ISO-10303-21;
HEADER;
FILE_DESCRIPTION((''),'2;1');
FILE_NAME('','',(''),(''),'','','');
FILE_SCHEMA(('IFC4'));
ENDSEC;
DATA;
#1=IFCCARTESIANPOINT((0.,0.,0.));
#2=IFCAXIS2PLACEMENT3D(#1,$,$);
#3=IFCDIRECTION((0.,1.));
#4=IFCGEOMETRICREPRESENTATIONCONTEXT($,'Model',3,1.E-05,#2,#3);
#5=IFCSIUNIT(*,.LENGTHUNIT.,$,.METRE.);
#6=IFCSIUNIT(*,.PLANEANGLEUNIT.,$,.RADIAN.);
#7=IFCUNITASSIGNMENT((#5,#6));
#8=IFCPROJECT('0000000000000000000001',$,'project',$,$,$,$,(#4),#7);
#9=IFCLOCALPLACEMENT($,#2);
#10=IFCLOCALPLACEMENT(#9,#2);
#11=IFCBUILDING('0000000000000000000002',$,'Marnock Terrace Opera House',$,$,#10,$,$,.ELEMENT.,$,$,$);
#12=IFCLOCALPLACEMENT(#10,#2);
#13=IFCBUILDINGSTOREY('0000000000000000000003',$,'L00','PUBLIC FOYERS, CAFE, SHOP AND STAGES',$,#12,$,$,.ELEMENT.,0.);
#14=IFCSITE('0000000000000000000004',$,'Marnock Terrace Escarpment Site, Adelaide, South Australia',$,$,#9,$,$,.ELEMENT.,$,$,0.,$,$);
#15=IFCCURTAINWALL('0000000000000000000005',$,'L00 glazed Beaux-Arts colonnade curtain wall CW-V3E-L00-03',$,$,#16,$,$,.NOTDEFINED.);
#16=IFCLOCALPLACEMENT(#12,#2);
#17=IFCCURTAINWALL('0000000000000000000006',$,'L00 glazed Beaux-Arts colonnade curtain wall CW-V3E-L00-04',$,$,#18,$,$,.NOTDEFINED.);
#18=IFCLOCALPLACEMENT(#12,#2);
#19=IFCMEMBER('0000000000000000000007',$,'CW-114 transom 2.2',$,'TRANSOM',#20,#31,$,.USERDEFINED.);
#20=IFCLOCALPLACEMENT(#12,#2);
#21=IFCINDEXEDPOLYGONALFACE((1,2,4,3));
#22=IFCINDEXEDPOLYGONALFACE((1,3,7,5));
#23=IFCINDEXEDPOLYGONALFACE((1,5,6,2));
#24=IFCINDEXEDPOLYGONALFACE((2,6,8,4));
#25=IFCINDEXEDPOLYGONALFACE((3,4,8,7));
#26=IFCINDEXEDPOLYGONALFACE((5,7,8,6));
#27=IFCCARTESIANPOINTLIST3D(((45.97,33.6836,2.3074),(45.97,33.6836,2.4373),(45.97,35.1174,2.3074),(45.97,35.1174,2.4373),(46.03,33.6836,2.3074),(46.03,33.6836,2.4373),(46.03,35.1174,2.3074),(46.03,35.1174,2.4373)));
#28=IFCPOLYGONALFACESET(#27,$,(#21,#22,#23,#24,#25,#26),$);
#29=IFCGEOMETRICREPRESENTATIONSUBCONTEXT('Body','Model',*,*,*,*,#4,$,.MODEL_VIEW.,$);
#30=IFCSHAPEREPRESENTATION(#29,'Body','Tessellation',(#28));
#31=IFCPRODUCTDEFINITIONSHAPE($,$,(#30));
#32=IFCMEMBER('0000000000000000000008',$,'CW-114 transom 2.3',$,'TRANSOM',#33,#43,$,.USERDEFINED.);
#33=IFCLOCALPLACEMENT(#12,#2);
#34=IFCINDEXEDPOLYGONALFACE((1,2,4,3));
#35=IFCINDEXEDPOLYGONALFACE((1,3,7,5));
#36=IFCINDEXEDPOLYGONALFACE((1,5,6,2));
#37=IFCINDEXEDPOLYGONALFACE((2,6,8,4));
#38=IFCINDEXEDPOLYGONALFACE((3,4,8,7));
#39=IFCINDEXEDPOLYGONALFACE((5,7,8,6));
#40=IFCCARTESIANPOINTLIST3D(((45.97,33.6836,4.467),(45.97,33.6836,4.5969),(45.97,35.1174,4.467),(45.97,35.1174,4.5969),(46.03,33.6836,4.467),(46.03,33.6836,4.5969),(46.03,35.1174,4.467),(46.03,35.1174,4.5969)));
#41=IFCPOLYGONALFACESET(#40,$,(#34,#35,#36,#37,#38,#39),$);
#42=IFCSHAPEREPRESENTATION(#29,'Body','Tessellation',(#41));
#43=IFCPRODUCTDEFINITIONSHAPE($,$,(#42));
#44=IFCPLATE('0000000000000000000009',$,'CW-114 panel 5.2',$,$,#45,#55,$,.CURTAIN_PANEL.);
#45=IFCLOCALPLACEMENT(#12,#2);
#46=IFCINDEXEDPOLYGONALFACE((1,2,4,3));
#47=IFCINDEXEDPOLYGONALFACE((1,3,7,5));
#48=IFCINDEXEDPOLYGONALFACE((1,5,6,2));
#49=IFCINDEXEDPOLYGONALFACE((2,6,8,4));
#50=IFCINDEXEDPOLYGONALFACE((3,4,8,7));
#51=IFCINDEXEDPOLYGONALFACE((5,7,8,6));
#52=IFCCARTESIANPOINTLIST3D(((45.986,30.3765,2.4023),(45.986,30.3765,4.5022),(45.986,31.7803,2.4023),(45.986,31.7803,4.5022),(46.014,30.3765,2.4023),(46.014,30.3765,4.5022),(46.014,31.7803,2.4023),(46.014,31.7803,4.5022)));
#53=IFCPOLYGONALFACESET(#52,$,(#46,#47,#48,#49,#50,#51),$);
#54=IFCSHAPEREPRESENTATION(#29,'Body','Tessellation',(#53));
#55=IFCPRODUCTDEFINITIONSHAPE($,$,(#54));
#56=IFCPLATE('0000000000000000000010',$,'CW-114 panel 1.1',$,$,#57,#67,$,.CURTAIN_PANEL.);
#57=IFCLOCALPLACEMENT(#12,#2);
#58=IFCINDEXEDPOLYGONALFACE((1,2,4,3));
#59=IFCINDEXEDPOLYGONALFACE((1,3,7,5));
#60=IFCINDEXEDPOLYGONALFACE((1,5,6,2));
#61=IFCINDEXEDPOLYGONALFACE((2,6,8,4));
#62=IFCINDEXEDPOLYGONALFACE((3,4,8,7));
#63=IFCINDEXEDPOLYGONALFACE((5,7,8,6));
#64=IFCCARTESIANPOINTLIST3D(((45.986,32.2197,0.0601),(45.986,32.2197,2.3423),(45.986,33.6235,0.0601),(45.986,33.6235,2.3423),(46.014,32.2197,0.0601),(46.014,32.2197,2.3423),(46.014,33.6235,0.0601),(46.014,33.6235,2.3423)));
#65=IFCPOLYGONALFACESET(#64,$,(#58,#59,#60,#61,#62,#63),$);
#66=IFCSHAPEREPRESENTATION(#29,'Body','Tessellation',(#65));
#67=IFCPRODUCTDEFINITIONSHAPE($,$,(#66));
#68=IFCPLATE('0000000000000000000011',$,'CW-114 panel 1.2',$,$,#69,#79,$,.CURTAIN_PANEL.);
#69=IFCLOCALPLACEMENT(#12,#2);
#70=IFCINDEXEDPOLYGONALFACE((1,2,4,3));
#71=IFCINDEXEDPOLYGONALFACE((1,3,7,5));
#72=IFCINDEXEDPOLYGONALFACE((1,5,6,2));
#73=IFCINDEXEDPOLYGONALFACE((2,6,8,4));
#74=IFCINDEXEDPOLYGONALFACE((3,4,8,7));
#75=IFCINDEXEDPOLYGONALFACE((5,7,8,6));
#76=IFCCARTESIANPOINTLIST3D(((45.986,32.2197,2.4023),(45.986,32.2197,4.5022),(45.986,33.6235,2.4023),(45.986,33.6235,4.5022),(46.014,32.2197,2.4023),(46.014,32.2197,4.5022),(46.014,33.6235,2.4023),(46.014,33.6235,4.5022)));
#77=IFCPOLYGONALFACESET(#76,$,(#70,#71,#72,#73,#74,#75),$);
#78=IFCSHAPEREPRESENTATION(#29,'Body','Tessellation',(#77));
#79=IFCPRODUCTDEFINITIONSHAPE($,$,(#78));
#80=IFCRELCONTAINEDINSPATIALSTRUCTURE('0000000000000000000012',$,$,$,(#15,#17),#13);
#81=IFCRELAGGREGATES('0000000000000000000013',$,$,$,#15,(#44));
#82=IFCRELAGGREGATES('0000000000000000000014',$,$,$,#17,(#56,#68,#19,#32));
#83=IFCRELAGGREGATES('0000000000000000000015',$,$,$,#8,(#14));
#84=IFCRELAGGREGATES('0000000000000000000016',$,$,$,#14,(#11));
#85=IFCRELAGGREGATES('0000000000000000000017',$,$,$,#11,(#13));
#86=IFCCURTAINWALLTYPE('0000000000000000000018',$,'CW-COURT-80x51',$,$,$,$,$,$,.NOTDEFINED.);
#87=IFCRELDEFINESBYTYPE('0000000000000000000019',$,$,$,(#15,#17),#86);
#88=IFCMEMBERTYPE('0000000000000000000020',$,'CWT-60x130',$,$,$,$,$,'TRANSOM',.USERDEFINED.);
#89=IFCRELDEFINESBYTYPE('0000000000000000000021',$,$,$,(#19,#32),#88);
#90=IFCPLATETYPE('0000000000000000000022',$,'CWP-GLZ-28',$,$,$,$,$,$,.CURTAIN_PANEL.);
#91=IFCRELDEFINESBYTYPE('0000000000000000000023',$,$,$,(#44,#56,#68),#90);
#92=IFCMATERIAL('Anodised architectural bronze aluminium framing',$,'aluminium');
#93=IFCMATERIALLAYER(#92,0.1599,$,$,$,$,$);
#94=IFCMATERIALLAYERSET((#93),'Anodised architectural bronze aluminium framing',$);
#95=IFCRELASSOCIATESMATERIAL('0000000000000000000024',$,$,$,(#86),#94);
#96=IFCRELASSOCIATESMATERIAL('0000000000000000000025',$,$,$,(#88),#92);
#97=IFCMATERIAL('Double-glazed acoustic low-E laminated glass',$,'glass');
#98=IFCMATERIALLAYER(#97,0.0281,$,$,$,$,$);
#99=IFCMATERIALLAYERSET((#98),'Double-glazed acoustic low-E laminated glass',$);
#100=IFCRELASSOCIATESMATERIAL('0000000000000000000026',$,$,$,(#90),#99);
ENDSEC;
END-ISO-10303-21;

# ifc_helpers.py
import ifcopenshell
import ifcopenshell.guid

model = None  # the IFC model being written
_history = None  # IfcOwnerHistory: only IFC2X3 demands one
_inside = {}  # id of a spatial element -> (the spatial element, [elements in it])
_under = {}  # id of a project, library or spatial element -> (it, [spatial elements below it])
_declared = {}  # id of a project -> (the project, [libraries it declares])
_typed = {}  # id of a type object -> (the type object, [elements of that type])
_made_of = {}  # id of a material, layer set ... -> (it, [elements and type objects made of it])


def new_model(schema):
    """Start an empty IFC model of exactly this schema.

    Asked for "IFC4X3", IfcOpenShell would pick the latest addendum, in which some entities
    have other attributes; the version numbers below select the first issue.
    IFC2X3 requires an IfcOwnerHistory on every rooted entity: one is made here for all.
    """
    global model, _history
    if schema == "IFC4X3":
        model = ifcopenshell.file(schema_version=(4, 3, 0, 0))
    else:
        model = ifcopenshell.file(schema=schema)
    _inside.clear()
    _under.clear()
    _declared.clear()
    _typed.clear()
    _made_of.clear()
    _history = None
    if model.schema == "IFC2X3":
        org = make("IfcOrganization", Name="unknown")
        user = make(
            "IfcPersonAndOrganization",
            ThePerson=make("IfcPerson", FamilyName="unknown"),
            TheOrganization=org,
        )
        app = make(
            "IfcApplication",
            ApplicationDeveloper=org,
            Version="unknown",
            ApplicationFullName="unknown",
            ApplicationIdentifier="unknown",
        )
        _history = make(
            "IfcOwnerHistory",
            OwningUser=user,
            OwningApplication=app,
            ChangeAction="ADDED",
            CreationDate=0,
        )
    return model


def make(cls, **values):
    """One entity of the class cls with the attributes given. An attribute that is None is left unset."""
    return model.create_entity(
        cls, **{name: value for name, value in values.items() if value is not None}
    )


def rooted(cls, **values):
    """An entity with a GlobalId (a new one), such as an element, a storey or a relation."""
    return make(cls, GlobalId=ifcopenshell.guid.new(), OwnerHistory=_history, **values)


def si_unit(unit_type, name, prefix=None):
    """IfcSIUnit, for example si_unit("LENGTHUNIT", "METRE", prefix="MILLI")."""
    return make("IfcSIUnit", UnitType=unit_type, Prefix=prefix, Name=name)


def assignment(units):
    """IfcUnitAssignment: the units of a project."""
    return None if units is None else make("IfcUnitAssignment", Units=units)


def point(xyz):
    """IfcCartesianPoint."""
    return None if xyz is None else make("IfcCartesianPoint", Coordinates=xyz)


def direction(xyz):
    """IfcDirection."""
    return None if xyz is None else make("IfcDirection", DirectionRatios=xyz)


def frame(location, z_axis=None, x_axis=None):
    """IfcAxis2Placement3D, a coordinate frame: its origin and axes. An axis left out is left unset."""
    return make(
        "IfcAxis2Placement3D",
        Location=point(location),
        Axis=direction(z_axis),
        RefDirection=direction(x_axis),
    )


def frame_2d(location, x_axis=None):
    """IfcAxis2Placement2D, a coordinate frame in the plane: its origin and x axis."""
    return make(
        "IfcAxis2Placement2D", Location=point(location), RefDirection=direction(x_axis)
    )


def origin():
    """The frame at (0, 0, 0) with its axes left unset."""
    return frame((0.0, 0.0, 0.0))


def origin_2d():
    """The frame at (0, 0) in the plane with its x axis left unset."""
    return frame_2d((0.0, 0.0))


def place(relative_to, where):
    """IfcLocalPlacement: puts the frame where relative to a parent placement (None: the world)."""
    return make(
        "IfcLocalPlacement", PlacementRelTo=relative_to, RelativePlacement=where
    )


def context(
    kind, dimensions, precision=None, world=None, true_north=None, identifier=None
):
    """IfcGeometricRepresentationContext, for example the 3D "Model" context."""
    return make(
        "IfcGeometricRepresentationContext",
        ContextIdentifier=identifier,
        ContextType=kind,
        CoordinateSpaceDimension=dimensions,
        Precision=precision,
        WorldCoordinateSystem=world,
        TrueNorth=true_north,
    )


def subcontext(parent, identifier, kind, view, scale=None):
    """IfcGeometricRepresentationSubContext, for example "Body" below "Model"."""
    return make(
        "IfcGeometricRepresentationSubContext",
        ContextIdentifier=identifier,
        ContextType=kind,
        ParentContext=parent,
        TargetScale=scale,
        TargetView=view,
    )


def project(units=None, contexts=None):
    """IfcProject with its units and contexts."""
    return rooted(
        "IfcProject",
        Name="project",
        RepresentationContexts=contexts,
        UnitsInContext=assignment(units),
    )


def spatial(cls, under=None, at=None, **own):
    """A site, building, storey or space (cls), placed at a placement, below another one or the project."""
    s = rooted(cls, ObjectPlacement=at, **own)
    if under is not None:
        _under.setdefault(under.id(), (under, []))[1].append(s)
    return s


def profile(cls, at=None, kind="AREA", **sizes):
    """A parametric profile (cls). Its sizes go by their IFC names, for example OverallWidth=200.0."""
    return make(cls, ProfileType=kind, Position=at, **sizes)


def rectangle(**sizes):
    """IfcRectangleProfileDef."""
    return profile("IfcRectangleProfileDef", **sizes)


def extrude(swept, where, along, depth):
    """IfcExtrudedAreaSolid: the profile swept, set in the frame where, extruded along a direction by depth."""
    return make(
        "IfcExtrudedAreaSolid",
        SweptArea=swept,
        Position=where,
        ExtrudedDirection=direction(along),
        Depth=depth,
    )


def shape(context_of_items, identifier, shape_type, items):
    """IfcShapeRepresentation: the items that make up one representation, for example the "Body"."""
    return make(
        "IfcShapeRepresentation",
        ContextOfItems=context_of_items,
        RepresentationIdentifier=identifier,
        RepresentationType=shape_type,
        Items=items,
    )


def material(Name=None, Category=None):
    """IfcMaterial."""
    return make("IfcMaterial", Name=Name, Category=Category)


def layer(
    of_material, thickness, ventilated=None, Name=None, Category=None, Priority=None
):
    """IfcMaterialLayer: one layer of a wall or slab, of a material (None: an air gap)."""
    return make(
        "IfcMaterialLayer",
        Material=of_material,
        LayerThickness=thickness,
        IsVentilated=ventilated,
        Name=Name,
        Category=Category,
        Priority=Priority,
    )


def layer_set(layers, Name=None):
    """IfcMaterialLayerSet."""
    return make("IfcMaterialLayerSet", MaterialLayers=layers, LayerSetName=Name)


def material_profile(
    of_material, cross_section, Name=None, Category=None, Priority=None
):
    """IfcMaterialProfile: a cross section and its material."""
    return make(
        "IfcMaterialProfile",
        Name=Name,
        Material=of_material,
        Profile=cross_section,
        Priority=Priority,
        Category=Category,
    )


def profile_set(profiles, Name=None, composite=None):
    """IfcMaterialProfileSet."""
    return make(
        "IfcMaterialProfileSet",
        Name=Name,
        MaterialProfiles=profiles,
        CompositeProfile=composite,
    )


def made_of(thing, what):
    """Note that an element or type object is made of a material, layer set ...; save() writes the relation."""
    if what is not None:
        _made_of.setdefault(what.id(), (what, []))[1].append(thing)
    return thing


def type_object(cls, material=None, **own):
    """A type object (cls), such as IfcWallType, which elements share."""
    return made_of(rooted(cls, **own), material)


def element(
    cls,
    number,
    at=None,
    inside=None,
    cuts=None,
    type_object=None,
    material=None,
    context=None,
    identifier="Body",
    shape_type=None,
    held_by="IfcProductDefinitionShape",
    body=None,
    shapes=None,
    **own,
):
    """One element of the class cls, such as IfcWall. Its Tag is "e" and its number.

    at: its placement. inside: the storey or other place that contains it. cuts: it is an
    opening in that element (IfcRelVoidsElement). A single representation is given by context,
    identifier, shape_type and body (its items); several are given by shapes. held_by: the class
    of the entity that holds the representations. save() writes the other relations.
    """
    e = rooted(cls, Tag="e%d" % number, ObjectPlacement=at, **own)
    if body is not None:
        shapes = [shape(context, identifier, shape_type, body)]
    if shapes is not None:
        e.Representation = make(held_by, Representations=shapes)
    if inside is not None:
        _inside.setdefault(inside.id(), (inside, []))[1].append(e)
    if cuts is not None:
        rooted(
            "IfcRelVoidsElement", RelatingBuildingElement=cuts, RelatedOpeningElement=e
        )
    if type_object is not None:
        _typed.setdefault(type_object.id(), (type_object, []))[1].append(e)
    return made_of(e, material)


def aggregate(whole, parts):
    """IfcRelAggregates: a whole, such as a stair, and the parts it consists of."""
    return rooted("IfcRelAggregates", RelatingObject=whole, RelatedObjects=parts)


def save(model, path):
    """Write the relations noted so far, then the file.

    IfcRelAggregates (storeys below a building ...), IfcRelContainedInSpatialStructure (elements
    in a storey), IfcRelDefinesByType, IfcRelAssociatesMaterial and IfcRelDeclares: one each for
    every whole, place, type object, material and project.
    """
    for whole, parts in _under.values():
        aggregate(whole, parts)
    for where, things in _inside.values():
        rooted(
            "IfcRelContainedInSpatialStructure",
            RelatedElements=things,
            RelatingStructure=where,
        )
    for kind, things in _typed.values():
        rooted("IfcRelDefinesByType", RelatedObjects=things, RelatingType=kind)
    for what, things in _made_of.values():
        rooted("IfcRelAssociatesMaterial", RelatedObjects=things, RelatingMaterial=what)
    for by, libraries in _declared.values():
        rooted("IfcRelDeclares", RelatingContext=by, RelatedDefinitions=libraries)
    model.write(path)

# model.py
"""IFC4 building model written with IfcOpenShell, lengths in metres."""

from ifc_helpers import new_model, si_unit, direction, frame, origin, origin_2d, place, context, subcontext, project, spatial, rectangle, extrude, material, layer, layer_set, material_profile, profile_set, type_object, element, aggregate, save


model = new_model("IFC4")

# Units and contexts
model_context = context("Model", 3, precision=1e-05, world=origin(), true_north=direction((0.0, 1.0)))
body_context = subcontext(model_context, "Body", "Model", "MODEL_VIEW")
ifc_project = project(units=[si_unit("LENGTHUNIT", "METRE"), si_unit("PLANEANGLEUNIT", "RADIAN")], contexts=[model_context])

# Site, building, storey
site_placement = place(None, origin())
site = spatial("IfcSite", under=ifc_project, at=site_placement, Name="Marnock Terrace Escarpment Site, Adelaide, South Australia", CompositionType="ELEMENT", RefElevation=0.0)
building_placement = place(site_placement, origin())
building = spatial("IfcBuilding", under=site, at=building_placement, Name="Marnock Terrace Opera House", CompositionType="ELEMENT")
storey_placement = place(building_placement, origin())
storey = spatial("IfcBuildingStorey", under=building, at=storey_placement, Name="L00", Description="PUBLIC FOYERS, CAFE, SHOP AND STAGES", CompositionType="ELEMENT", Elevation=0.0)

# Curtain wall
ifc_material_1 = material(Name="Anodised architectural bronze aluminium framing", Category="aluminium")
ifc_layer_1 = layer(ifc_material_1, 0.1599)
ifc_layer_set_1 = layer_set([ifc_layer_1], Name="Anodised architectural bronze aluminium framing")
curtain_wall_type = type_object("IfcCurtainWallType", Name="CW-COURT-80x51", PredefinedType="NOTDEFINED", material=ifc_layer_set_1)
curtain_wall_1_placement = place(storey_placement, origin())
curtain_wall_1 = element("IfcCurtainWall", 1, at=curtain_wall_1_placement, inside=storey, type_object=curtain_wall_type, Name="L00 glazed Beaux-Arts colonnade curtain wall CW-V3E-L00-03", PredefinedType="NOTDEFINED")

# Curtain wall, members
curtain_wall_2_placement = place(storey_placement, origin())
curtain_wall_2 = element("IfcCurtainWall", 2, at=curtain_wall_2_placement, inside=storey, type_object=curtain_wall_type, Name="L00 glazed Beaux-Arts colonnade curtain wall CW-V3E-L00-04", PredefinedType="NOTDEFINED")
ifc_material_profile_1 = material_profile(ifc_material_1, rectangle(XDim=0.0601, YDim=0.1299, at=origin_2d()))
ifc_profile_set_1 = profile_set([ifc_material_profile_1], Name="Anodised architectural bronze aluminium framing")
member_type_1 = type_object("IfcMemberType", Name="CWT-60x130", ElementType="TRANSOM", PredefinedType="USERDEFINED", material=ifc_profile_set_1)
member_1_placement = place(storey_placement, frame((46.0, 33.6836, 2.3723), z_axis=(0.0, 1.0, 0.0), x_axis=(-1.0, 0.0, 0.0)))
member_1 = element("IfcMember", 3, at=member_1_placement, type_object=member_type_1, Name="CW-114 transom 2.2", ObjectType="TRANSOM", PredefinedType="USERDEFINED", context=body_context, shape_type="SweptSolid", body=[
    extrude(rectangle(XDim=0.0601, YDim=0.1299, at=origin_2d()), origin(), (0.0, 0.0, 1.0), 1.4338),
])
member_2_placement = place(storey_placement, frame((46.0, 33.6836, 4.532), z_axis=(0.0, 1.0, 0.0), x_axis=(-1.0, 0.0, 0.0)))
member_2 = element("IfcMember", 4, at=member_2_placement, type_object=member_type_1, Name="CW-114 transom 2.3", ObjectType="TRANSOM", PredefinedType="USERDEFINED", context=body_context, shape_type="SweptSolid", body=[
    extrude(rectangle(XDim=0.0601, YDim=0.1299, at=origin_2d()), origin(), (0.0, 0.0, 1.0), 1.4338),
])

# Plates
ifc_material_2 = material(Name="Double-glazed acoustic low-E laminated glass", Category="glass")
ifc_layer_2 = layer(ifc_material_2, 0.0281)
ifc_layer_set_2 = layer_set([ifc_layer_2], Name="Double-glazed acoustic low-E laminated glass")
plate_type = type_object("IfcPlateType", Name="CWP-GLZ-28", PredefinedType="CURTAIN_PANEL", material=ifc_layer_set_2)
plate_1_placement = place(storey_placement, frame((46.0, 31.0784, 2.4023), z_axis=(0.0, 0.0, 1.0), x_axis=(0.0, 1.0, 0.0)))
plate_1 = element("IfcPlate", 5, at=plate_1_placement, type_object=plate_type, Name="CW-114 panel 5.2", PredefinedType="CURTAIN_PANEL", context=body_context, shape_type="SweptSolid", body=[
    extrude(rectangle(XDim=1.4038, YDim=0.0281, at=origin_2d()), origin(), (0.0, 0.0, 1.0), 2.0999),
])
aggregate(curtain_wall_1, [plate_1])
plate_2_placement = place(storey_placement, frame((46.0, 32.9216, 0.0601), z_axis=(0.0, 0.0, 1.0), x_axis=(0.0, 1.0, 0.0)))
plate_2 = element("IfcPlate", 6, at=plate_2_placement, type_object=plate_type, Name="CW-114 panel 1.1", PredefinedType="CURTAIN_PANEL", context=body_context, shape_type="SweptSolid", body=[
    extrude(rectangle(XDim=1.4038, YDim=0.0281, at=origin_2d()), origin(), (0.0, 0.0, 1.0), 2.2822),
])
plate_3_placement = place(storey_placement, frame((46.0, 32.9216, 2.4023), z_axis=(0.0, 0.0, 1.0), x_axis=(0.0, 1.0, 0.0)))
plate_3 = element("IfcPlate", 7, at=plate_3_placement, type_object=plate_type, Name="CW-114 panel 1.2", PredefinedType="CURTAIN_PANEL", context=body_context, shape_type="SweptSolid", body=[
    extrude(rectangle(XDim=1.4038, YDim=0.0281, at=origin_2d()), origin(), (0.0, 0.0, 1.0), 2.0999),
])
aggregate(curtain_wall_2, [plate_2, plate_3, member_1, member_2])

save(model, "model.ifc")
